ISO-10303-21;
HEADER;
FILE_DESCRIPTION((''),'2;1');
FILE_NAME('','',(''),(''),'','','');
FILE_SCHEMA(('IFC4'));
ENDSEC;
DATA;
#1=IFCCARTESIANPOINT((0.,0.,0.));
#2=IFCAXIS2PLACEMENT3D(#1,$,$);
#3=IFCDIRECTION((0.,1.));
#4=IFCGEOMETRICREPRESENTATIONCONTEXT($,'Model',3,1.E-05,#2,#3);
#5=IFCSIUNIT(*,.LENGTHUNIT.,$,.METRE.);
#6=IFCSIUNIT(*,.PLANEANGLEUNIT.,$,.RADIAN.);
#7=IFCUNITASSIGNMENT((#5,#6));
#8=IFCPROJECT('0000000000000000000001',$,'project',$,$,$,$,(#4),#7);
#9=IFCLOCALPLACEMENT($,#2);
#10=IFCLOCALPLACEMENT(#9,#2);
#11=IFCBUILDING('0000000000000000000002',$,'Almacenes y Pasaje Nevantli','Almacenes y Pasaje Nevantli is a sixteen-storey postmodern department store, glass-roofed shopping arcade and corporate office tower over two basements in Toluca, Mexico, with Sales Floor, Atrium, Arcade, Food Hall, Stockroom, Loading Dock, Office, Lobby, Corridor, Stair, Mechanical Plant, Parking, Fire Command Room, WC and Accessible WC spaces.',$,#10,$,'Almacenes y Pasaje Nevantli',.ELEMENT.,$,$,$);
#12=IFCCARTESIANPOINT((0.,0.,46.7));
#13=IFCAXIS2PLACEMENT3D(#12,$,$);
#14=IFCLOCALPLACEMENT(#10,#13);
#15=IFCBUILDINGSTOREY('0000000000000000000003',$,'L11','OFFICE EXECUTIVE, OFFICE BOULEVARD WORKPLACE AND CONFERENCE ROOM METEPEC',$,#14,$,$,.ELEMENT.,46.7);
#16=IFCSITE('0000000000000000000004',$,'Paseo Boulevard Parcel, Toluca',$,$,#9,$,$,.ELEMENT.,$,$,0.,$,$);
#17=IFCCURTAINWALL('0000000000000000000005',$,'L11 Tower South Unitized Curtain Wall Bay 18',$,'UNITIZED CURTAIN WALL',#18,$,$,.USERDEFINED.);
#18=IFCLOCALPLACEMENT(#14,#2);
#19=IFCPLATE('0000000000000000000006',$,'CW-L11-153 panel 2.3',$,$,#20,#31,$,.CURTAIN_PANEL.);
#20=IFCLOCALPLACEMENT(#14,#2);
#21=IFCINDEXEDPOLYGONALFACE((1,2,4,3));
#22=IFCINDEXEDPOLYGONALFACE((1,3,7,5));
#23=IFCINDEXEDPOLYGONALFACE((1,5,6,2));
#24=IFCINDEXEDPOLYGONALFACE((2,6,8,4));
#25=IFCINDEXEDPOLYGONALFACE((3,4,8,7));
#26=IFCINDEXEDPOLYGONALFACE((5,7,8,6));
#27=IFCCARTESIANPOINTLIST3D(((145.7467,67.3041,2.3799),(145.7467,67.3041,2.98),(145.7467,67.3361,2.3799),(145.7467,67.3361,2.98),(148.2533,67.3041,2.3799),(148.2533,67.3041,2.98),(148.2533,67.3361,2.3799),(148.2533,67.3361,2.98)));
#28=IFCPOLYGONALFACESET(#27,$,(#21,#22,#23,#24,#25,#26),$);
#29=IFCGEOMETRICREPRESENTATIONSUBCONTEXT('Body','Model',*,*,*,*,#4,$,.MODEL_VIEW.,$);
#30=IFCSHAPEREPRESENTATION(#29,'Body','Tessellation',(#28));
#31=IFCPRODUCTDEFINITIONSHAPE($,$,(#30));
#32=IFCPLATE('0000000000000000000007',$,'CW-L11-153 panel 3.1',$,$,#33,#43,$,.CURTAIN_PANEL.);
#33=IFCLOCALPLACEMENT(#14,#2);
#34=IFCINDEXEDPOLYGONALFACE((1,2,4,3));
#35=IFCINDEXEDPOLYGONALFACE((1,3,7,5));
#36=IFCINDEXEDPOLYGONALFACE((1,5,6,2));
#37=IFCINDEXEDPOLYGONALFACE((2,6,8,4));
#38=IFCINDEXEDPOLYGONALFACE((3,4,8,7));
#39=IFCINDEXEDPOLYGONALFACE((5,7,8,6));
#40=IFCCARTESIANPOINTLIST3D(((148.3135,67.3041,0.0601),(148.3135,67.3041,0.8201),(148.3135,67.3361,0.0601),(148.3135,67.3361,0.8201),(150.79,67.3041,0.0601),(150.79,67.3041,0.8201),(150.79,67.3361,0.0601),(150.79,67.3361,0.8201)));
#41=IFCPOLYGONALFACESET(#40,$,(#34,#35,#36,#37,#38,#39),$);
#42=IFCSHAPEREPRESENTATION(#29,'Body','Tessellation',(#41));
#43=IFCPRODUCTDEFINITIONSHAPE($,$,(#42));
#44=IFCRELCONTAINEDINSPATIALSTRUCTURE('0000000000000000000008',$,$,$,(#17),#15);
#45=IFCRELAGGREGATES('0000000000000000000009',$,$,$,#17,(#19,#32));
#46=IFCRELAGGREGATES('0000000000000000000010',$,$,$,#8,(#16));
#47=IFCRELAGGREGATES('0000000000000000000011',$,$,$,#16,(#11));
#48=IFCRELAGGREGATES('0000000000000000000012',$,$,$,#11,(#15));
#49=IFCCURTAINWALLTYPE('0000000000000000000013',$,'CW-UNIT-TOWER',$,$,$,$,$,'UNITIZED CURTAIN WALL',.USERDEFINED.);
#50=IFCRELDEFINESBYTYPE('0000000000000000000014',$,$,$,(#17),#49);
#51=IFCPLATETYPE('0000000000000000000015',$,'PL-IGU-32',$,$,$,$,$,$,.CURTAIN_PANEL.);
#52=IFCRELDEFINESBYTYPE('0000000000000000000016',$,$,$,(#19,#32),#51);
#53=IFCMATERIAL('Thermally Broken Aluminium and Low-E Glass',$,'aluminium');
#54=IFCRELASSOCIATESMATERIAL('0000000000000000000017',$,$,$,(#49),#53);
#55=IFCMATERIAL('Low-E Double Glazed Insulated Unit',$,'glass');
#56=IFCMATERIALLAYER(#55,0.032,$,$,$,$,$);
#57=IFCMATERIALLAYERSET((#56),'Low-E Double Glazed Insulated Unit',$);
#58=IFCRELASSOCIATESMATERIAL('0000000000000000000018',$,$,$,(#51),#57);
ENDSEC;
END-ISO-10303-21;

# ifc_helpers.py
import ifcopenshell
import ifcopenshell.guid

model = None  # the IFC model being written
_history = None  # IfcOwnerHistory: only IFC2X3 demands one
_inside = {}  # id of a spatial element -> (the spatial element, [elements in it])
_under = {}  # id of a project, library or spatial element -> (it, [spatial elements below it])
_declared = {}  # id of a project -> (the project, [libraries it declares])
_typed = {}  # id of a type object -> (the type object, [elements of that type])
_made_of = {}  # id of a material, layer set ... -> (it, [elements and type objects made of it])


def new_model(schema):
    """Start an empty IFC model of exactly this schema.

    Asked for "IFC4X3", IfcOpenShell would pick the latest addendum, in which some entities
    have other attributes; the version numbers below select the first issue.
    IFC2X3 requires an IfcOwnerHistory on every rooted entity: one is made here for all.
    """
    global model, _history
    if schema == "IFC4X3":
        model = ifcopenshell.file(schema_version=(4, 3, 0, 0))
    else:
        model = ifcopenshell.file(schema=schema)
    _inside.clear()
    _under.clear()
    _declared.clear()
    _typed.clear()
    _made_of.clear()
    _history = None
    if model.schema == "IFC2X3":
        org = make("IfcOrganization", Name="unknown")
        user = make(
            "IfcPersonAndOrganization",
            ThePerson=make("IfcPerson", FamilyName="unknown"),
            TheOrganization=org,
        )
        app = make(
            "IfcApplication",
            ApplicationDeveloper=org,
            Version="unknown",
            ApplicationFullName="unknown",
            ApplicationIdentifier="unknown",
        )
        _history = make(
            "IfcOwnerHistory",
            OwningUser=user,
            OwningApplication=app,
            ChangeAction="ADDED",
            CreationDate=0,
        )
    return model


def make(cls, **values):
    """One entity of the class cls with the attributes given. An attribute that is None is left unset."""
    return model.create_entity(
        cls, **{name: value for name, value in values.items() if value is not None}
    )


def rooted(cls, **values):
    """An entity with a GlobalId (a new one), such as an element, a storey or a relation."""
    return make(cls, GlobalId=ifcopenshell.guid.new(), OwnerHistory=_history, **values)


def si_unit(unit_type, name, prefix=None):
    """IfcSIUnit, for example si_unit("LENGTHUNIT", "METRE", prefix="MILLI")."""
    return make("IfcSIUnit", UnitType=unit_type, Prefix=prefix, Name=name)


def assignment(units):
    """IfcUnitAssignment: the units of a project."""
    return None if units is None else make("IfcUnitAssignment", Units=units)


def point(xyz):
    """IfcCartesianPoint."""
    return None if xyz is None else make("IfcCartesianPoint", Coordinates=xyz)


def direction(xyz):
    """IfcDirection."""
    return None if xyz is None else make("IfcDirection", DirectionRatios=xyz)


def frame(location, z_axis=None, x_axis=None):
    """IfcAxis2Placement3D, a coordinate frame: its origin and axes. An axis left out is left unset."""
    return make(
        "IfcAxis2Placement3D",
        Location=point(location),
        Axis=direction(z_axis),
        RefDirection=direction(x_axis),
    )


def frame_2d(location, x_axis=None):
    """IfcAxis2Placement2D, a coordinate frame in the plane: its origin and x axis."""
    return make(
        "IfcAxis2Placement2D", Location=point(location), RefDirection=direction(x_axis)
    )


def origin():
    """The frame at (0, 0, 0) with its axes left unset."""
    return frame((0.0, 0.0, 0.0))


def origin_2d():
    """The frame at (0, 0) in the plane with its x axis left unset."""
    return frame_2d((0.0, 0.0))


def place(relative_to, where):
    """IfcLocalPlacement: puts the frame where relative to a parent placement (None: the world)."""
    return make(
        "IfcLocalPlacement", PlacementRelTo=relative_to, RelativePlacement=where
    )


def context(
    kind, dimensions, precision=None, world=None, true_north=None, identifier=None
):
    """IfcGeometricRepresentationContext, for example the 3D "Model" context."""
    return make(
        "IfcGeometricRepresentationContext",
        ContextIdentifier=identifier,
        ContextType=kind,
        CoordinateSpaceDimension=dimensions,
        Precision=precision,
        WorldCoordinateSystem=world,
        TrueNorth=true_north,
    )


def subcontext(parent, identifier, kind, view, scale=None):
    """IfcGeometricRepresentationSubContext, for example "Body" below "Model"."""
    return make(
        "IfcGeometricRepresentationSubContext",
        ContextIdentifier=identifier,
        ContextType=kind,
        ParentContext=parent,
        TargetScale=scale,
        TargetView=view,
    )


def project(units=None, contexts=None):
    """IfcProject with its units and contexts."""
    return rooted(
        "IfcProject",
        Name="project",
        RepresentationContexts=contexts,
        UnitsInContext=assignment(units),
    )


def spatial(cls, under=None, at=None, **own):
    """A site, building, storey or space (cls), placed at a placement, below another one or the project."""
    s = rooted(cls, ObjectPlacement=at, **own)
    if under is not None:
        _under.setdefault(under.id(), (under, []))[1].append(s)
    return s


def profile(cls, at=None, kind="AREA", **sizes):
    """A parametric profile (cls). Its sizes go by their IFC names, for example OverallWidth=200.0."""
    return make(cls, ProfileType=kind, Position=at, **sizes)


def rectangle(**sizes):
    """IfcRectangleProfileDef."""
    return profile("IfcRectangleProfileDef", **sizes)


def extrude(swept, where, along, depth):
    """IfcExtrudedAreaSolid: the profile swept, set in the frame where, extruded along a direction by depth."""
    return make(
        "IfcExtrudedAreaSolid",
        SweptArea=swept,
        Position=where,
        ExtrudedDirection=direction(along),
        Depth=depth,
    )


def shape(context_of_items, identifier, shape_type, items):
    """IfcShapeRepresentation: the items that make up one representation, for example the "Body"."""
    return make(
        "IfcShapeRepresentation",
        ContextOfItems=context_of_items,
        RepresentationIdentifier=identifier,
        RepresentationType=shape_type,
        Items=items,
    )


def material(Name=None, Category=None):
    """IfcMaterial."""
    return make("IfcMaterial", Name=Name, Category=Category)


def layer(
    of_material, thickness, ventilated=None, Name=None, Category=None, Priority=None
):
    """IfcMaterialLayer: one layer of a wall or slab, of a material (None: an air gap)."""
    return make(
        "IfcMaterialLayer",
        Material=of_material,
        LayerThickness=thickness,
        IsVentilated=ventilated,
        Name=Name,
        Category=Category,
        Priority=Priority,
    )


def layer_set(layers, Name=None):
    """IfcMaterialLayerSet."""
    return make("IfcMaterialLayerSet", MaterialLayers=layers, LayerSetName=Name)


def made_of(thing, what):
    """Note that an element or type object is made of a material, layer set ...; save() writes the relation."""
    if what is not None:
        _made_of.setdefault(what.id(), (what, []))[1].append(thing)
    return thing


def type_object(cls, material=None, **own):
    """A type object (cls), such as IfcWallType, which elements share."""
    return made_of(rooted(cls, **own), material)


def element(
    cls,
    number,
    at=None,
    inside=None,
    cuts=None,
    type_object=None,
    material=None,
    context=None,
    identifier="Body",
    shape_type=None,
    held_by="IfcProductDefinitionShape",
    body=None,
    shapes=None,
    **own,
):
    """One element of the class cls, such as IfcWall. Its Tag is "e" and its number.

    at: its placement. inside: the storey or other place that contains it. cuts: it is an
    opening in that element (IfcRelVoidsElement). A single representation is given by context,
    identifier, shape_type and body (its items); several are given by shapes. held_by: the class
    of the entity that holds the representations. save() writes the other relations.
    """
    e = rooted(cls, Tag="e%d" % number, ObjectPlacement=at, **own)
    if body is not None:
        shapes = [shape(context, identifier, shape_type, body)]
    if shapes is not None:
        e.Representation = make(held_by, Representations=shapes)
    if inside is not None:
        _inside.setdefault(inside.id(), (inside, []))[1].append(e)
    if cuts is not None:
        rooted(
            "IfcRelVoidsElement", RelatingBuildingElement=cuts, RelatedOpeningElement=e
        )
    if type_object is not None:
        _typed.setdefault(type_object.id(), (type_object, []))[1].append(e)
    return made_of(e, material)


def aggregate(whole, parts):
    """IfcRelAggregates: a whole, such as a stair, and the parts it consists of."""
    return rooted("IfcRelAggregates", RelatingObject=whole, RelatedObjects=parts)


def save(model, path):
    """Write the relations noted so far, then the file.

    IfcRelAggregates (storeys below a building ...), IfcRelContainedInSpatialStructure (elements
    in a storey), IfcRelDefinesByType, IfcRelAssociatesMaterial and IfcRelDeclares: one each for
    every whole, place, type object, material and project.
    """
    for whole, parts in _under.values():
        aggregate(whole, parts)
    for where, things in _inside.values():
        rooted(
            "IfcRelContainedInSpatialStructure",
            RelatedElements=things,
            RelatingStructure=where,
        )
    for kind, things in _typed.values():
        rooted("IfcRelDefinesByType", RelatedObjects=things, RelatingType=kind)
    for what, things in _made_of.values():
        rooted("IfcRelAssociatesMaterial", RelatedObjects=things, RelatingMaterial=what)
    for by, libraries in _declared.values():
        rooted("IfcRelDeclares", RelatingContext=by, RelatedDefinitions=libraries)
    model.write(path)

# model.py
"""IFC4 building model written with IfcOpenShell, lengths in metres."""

from ifc_helpers import new_model, si_unit, direction, frame, origin, origin_2d, place, context, subcontext, project, spatial, rectangle, extrude, material, layer, layer_set, type_object, element, aggregate, save


model = new_model("IFC4")

# Units and contexts
model_context = context("Model", 3, precision=1e-05, world=origin(), true_north=direction((0.0, 1.0)))
body_context = subcontext(model_context, "Body", "Model", "MODEL_VIEW")
ifc_project = project(units=[si_unit("LENGTHUNIT", "METRE"), si_unit("PLANEANGLEUNIT", "RADIAN")], contexts=[model_context])

# Site, building, storey
site_placement = place(None, origin())
site = spatial("IfcSite", under=ifc_project, at=site_placement, Name="Paseo Boulevard Parcel, Toluca", CompositionType="ELEMENT", RefElevation=0.0)
building_placement = place(site_placement, origin())
building = spatial("IfcBuilding", under=site, at=building_placement, Name="Almacenes y Pasaje Nevantli", Description="Almacenes y Pasaje Nevantli is a sixteen-storey postmodern department store, glass-roofed shopping arcade and corporate office tower over two basements in Toluca, Mexico, with Sales Floor, Atrium, Arcade, Food Hall, Stockroom, Loading Dock, Office, Lobby, Corridor, Stair, Mechanical Plant, Parking, Fire Command Room, WC and Accessible WC spaces.", LongName="Almacenes y Pasaje Nevantli", CompositionType="ELEMENT")
storey_placement = place(building_placement, frame((0.0, 0.0, 46.7)))
storey = spatial("IfcBuildingStorey", under=building, at=storey_placement, Name="L11", Description="OFFICE EXECUTIVE, OFFICE BOULEVARD WORKPLACE AND CONFERENCE ROOM METEPEC", CompositionType="ELEMENT", Elevation=46.7)

# Curtain wall, plates
ifc_material_1 = material(Name="Thermally Broken Aluminium and Low-E Glass", Category="aluminium")
curtain_wall_type = type_object("IfcCurtainWallType", Name="CW-UNIT-TOWER", ElementType="UNITIZED CURTAIN WALL", PredefinedType="USERDEFINED", material=ifc_material_1)
curtain_wall_placement = place(storey_placement, origin())
curtain_wall = element("IfcCurtainWall", 1, at=curtain_wall_placement, inside=storey, type_object=curtain_wall_type, Name="L11 Tower South Unitized Curtain Wall Bay 18", ObjectType="UNITIZED CURTAIN WALL", PredefinedType="USERDEFINED")
ifc_material_2 = material(Name="Low-E Double Glazed Insulated Unit", Category="glass")
ifc_layer = layer(ifc_material_2, 0.032)
ifc_layer_set = layer_set([ifc_layer], Name="Low-E Double Glazed Insulated Unit")
plate_type = type_object("IfcPlateType", Name="PL-IGU-32", PredefinedType="CURTAIN_PANEL", material=ifc_layer_set)
plate_1_placement = place(storey_placement, frame((147.0, 67.3201, 2.3799), z_axis=(0.0, 0.0, 1.0), x_axis=(1.0, 0.0, 0.0)))
plate_1 = element("IfcPlate", 2, at=plate_1_placement, type_object=plate_type, Name="CW-L11-153 panel 2.3", PredefinedType="CURTAIN_PANEL", context=body_context, shape_type="SweptSolid", body=[
    extrude(rectangle(XDim=2.5066, YDim=0.032, at=origin_2d()), origin(), (0.0, 0.0, 1.0), 0.6001),
])
plate_2_placement = place(storey_placement, frame((149.5518, 67.3201, 0.0601), z_axis=(0.0, 0.0, 1.0), x_axis=(1.0, 0.0, 0.0)))
plate_2 = element("IfcPlate", 3, at=plate_2_placement, type_object=plate_type, Name="CW-L11-153 panel 3.1", PredefinedType="CURTAIN_PANEL", context=body_context, shape_type="SweptSolid", body=[
    extrude(rectangle(XDim=2.4766, YDim=0.032, at=origin_2d()), origin(), (0.0, 0.0, 1.0), 0.76),
])
aggregate(curtain_wall, [plate_1, plate_2])

save(model, "model.ifc")
